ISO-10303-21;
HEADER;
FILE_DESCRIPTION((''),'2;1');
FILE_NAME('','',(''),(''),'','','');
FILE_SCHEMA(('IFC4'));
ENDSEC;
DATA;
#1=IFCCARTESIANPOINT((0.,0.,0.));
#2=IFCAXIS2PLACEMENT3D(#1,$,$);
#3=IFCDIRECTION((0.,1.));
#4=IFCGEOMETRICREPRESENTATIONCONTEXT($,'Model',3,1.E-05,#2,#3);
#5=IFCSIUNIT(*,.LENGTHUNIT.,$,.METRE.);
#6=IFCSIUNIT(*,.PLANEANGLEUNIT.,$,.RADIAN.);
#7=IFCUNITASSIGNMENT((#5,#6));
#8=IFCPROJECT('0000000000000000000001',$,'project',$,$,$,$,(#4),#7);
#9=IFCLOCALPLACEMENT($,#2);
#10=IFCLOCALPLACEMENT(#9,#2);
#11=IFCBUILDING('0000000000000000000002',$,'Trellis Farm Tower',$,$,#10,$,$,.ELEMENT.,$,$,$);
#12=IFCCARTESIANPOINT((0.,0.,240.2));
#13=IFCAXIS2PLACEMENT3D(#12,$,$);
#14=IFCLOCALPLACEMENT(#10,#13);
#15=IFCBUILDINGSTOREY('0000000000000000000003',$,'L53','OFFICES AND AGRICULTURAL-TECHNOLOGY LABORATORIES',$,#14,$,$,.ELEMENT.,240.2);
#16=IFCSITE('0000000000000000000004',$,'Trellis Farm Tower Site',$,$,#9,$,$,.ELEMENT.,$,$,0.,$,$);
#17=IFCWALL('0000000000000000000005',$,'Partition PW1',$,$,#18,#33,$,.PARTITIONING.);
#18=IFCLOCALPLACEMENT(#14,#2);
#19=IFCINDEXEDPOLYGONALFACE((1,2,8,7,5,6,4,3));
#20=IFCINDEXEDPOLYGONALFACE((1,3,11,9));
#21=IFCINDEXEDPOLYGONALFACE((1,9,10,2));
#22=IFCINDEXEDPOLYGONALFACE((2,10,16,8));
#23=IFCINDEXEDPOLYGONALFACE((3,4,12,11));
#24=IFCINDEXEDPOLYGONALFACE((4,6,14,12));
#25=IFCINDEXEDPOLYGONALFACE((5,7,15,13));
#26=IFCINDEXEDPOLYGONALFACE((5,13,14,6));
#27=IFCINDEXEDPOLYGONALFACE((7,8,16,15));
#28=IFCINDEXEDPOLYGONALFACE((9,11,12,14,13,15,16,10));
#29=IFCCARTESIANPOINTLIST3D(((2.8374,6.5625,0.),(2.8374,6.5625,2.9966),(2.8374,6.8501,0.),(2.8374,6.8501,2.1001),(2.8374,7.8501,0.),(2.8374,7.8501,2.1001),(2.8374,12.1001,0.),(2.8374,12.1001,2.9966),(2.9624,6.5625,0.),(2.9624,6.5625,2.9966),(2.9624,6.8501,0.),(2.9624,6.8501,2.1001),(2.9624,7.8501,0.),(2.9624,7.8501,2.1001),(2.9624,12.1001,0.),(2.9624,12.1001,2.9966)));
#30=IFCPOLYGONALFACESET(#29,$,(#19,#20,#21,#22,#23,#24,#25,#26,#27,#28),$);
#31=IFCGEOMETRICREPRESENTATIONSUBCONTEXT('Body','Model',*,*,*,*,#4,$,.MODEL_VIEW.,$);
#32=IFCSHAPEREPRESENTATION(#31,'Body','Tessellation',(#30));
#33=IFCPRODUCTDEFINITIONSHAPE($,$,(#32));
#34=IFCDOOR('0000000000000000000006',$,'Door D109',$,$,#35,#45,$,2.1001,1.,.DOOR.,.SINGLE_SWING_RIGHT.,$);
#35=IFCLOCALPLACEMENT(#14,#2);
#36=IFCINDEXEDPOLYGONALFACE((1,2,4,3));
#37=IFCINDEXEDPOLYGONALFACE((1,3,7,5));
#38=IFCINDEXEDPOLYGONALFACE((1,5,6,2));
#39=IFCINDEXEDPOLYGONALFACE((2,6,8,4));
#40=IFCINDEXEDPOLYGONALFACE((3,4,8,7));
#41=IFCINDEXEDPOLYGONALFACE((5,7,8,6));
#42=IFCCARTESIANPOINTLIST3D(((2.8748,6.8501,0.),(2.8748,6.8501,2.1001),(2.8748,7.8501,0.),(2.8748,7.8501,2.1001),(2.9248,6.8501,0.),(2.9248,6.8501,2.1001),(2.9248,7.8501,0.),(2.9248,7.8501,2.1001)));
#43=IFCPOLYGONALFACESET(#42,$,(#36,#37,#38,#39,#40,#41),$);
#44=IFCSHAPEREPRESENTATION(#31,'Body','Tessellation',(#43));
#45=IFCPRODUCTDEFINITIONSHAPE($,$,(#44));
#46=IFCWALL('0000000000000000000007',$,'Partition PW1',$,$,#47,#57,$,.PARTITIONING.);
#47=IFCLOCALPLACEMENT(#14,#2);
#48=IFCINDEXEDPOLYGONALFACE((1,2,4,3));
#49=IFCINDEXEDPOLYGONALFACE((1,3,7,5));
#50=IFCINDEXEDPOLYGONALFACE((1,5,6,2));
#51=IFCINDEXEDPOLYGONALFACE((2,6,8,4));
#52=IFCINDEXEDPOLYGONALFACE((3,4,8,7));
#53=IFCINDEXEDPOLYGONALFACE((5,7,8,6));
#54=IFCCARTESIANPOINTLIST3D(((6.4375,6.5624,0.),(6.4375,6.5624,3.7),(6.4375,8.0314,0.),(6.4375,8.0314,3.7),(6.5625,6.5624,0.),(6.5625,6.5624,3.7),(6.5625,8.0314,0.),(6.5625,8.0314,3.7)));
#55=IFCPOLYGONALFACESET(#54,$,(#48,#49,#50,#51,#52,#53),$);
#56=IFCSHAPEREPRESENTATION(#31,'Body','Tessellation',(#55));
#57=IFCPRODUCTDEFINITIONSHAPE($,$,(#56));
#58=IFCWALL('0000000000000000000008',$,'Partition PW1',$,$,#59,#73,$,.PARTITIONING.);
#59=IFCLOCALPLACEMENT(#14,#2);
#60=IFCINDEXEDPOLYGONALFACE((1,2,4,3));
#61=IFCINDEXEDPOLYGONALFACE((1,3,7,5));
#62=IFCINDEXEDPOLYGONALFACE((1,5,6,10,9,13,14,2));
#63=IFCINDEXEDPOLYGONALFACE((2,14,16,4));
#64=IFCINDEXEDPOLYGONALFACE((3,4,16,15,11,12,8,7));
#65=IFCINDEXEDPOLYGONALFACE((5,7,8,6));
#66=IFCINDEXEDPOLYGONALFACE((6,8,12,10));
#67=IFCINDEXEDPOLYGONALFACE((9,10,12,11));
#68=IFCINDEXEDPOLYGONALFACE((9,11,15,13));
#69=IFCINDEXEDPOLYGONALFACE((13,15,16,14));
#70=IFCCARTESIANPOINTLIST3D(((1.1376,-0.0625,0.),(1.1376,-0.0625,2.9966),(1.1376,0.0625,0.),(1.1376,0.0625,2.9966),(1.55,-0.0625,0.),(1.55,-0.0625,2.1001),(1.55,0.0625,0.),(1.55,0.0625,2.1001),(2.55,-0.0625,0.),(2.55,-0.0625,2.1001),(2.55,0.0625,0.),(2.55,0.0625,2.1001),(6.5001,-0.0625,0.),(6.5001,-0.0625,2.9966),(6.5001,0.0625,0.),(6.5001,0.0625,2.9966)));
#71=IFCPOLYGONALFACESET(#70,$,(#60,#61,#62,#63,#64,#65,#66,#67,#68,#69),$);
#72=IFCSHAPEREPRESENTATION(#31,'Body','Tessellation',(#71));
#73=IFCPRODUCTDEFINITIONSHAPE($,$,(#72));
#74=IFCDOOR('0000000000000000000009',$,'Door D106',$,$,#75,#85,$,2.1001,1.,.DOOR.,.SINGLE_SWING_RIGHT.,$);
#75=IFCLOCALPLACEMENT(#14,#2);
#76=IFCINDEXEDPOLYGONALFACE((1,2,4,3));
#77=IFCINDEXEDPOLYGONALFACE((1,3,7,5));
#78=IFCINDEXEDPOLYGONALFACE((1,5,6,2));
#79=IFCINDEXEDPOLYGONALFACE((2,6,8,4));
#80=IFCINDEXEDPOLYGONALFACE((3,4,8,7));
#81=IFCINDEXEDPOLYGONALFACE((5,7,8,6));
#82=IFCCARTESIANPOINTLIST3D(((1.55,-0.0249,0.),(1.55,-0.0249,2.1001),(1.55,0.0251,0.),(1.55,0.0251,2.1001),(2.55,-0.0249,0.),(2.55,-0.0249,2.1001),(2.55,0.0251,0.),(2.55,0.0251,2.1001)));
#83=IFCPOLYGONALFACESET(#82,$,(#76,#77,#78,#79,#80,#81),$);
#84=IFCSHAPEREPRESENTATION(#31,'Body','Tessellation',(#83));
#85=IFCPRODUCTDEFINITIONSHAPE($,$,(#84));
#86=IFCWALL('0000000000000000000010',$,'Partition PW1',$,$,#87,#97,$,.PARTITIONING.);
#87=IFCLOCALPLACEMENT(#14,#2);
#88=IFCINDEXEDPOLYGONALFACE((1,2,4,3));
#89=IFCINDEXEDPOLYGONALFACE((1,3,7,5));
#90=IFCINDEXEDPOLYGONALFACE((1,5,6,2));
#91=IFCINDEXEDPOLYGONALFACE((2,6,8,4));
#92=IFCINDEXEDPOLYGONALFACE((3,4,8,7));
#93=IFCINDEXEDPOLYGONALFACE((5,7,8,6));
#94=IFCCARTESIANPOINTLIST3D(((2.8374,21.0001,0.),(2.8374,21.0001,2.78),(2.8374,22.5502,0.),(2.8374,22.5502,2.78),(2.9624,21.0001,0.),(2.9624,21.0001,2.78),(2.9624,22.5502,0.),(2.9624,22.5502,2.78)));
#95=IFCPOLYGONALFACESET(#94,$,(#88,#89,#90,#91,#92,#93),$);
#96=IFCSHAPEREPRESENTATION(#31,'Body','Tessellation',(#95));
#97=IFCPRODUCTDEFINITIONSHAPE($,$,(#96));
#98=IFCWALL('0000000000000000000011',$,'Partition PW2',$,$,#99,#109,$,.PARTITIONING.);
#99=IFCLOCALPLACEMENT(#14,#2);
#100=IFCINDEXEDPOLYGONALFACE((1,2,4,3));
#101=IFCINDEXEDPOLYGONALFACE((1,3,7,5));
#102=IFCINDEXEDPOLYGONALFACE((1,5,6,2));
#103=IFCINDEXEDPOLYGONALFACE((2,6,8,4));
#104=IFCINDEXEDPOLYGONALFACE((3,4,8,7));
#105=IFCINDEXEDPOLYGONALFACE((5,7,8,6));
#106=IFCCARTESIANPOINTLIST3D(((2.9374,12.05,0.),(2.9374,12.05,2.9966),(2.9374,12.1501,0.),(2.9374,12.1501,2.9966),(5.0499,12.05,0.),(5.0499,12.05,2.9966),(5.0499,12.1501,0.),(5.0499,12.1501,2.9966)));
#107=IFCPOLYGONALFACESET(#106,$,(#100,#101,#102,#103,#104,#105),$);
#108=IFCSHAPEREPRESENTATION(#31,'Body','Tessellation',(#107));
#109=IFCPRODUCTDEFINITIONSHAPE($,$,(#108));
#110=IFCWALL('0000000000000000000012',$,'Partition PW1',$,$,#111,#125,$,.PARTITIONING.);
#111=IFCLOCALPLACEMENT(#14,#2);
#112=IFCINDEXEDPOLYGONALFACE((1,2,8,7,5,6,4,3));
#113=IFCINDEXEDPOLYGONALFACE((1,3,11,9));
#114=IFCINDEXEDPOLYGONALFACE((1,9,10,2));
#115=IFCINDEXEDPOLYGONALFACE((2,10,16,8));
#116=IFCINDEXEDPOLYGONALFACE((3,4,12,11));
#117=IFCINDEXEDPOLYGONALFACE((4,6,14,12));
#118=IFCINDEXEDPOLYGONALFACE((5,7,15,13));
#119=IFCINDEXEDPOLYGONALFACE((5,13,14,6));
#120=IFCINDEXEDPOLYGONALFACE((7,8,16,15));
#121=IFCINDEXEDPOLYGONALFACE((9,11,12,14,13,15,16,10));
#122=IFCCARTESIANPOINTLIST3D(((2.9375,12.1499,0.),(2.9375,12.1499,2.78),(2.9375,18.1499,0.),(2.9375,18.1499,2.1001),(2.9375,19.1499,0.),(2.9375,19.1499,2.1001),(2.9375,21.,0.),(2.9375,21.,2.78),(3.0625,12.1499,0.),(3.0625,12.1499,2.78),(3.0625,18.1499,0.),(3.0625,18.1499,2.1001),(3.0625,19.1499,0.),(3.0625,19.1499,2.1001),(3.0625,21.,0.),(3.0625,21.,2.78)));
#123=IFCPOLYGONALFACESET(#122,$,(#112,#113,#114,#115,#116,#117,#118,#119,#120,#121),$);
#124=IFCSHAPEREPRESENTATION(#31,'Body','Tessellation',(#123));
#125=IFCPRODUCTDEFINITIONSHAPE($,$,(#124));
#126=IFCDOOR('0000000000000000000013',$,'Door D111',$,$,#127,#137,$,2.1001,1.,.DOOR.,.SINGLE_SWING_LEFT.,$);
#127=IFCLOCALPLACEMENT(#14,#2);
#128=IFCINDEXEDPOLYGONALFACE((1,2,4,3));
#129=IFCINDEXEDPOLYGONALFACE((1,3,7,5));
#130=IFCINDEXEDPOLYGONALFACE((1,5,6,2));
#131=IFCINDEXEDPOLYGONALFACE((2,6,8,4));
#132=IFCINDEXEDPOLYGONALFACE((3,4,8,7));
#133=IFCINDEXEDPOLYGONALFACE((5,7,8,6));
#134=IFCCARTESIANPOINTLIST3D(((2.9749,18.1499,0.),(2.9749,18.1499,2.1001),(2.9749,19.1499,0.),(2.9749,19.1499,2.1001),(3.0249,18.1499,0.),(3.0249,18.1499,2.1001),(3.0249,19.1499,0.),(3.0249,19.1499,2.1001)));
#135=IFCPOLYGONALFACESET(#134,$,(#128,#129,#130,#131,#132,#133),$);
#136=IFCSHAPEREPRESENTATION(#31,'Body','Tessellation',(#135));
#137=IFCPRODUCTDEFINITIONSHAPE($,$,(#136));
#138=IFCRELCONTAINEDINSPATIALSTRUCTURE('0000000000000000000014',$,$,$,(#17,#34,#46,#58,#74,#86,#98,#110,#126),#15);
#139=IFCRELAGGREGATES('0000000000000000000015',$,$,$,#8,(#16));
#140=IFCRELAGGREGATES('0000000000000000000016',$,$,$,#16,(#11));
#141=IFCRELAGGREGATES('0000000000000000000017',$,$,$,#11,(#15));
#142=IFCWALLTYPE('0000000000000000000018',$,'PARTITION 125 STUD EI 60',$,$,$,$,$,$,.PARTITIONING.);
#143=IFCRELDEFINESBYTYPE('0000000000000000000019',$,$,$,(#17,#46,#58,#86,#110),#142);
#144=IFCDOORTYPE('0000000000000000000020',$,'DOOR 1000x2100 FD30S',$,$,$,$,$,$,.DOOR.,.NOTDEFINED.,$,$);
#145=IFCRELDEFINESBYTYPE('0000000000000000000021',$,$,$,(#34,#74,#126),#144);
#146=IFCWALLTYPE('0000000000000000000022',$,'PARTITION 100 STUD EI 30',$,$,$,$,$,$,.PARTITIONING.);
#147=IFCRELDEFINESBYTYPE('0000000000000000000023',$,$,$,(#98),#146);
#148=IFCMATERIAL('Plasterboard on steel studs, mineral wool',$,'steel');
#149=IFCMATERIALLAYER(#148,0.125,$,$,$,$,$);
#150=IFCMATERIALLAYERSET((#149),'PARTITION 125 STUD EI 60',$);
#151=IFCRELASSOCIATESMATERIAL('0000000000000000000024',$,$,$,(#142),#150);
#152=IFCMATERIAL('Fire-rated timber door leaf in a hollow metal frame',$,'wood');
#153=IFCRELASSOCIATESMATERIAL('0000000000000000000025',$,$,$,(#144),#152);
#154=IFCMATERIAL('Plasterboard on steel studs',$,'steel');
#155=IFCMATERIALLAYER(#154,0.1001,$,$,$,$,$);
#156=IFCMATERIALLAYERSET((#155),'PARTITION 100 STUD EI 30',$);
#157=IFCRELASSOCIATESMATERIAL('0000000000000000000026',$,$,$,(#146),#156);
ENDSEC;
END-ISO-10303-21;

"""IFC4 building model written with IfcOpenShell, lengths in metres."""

from ifc_helpers import new_model, si_unit, direction, frame, frame_2d, origin, place, context, subcontext, project, spatial, rectangle, extrude, source, transform, mapped, material, layer, layer_set, type_object, element, fill, save


model = new_model("IFC4")

# Units and contexts
model_context = context("Model", 3, precision=1e-05, world=origin(), true_north=direction((0.0, 1.0)))
body_context = subcontext(model_context, "Body", "Model", "MODEL_VIEW")
ifc_project = project(units=[si_unit("LENGTHUNIT", "METRE"), si_unit("PLANEANGLEUNIT", "RADIAN")], contexts=[model_context])

# Site, building, storey
site_placement = place(None, origin())
site = spatial("IfcSite", under=ifc_project, at=site_placement, Name="Trellis Farm Tower Site", CompositionType="ELEMENT", RefElevation=0.0)
building_placement = place(site_placement, origin())
building = spatial("IfcBuilding", under=site, at=building_placement, Name="Trellis Farm Tower", CompositionType="ELEMENT")
storey_placement = place(building_placement, frame((0.0, 0.0, 240.2)))
storey = spatial("IfcBuildingStorey", under=building, at=storey_placement, Name="L53", Description="OFFICES AND AGRICULTURAL-TECHNOLOGY LABORATORIES", CompositionType="ELEMENT", Elevation=240.2)

# Wall, opening, door
ifc_material_1 = material(Name="Plasterboard on steel studs, mineral wool", Category="steel")
ifc_layer_1 = layer(ifc_material_1, 0.125)
ifc_layer_set_1 = layer_set([ifc_layer_1], Name="PARTITION 125 STUD EI 60")
wall_type_1 = type_object("IfcWallType", Name="PARTITION 125 STUD EI 60", PredefinedType="PARTITIONING", material=ifc_layer_set_1)
shared_shape_1 = source(origin(), body_context, "Body", "SweptSolid", [
    extrude(rectangle(XDim=5.5376, YDim=0.125, at=frame_2d((2.7688, 0.0))), origin(), (0.0, 0.0, 1.0), 2.9966),
])
wall_1_placement = place(storey_placement, frame((2.8999, 12.1001, 0.0), z_axis=(0.0, 0.0, 1.0), x_axis=(0.0, -1.0, 0.0)))
wall_1 = element("IfcWall", 1, at=wall_1_placement, inside=storey, type_object=wall_type_1, Name="Partition PW1", PredefinedType="PARTITIONING", context=body_context, shape_type="MappedRepresentation", body=[
    mapped(shared_shape_1, transform((0.0, 0.0, 0.0))),
])
shared_shape_2 = source(origin(), body_context, "Body", "SweptSolid", [
    extrude(rectangle(XDim=1.0, YDim=2.1001, at=frame_2d((0.5, 1.05))), frame((0.0, 0.0725, 0.0), z_axis=(0.0, -1.0, 0.0), x_axis=(1.0, 0.0, 0.0)), (0.0, 0.0, 1.0), 0.145),
])
opening_1_placement = place(wall_1_placement, frame((4.25, 0.0, 0.0)))
opening_1 = element("IfcOpeningElement", 2, at=opening_1_placement, cuts=wall_1, PredefinedType="OPENING", context=body_context, shape_type="MappedRepresentation", body=[
    mapped(shared_shape_2, transform((0.0, 0.0, 0.0))),
])
ifc_material_2 = material(Name="Fire-rated timber door leaf in a hollow metal frame", Category="wood")
door_type_1 = type_object("IfcDoorType", Name="DOOR 1000x2100 FD30S", OperationType="NOTDEFINED", PredefinedType="DOOR", material=ifc_material_2)
shared_shape_3 = source(origin(), body_context, "Body", "SweptSolid", [
    extrude(rectangle(XDim=1.0, YDim=2.1001, at=frame_2d((0.5, 1.05))), frame((0.0, 0.0249, 0.0), z_axis=(0.0, -1.0, 0.0), x_axis=(1.0, 0.0, 0.0)), (0.0, 0.0, 1.0), 0.05),
])
door_1_placement = place(opening_1_placement, origin())
door_1 = element("IfcDoor", 3, at=door_1_placement, inside=storey, type_object=door_type_1, Name="Door D109", OperationType="SINGLE_SWING_RIGHT", OverallHeight=2.1001, OverallWidth=1.0, PredefinedType="DOOR", context=body_context, shape_type="MappedRepresentation", body=[
    mapped(shared_shape_3, transform((0.0, 0.0, 0.0))),
])
fill(opening_1, door_1)

# Wall
shared_shape_4 = source(origin(), body_context, "Body", "SweptSolid", [
    extrude(rectangle(XDim=1.469, YDim=0.125, at=frame_2d((0.7344, 0.0))), origin(), (0.0, 0.0, 1.0), 3.7),
])
wall_2_placement = place(storey_placement, frame((6.5, 6.5625, 0.0), z_axis=(0.0, 0.0, 1.0), x_axis=(0.0, 1.0, 0.0)))
element("IfcWall", 4, at=wall_2_placement, inside=storey, type_object=wall_type_1, Name="Partition PW1", PredefinedType="PARTITIONING", context=body_context, shape_type="MappedRepresentation", body=[
    mapped(shared_shape_4, transform((0.0, 0.0, 0.0))),
])

# Wall, opening, door
shared_shape_5 = source(origin(), body_context, "Body", "SweptSolid", [
    extrude(rectangle(XDim=5.3625, YDim=0.125, at=frame_2d((2.6812, 0.0))), origin(), (0.0, 0.0, 1.0), 2.9966),
])
wall_3_placement = place(storey_placement, frame((6.5, 0.0, 0.0), z_axis=(0.0, 0.0, 1.0), x_axis=(-1.0, 0.0, 0.0)))
wall_3 = element("IfcWall", 5, at=wall_3_placement, inside=storey, type_object=wall_type_1, Name="Partition PW1", PredefinedType="PARTITIONING", context=body_context, shape_type="MappedRepresentation", body=[
    mapped(shared_shape_5, transform((0.0, 0.0, 0.0))),
])
opening_2_placement = place(wall_3_placement, frame((3.95, 0.0, 0.0)))
opening_2 = element("IfcOpeningElement", 6, at=opening_2_placement, cuts=wall_3, PredefinedType="OPENING", context=body_context, shape_type="MappedRepresentation", body=[
    mapped(shared_shape_2, transform((0.0, 0.0, 0.0))),
])
door_2_placement = place(opening_2_placement, origin())
door_2 = element("IfcDoor", 7, at=door_2_placement, inside=storey, type_object=door_type_1, Name="Door D106", OperationType="SINGLE_SWING_RIGHT", OverallHeight=2.1001, OverallWidth=1.0, PredefinedType="DOOR", context=body_context, shape_type="MappedRepresentation", body=[
    mapped(shared_shape_3, transform((0.0, 0.0, 0.0))),
])
fill(opening_2, door_2)

# Walls
shared_shape_6 = source(origin(), body_context, "Body", "SweptSolid", [
    extrude(rectangle(XDim=1.55, YDim=0.125, at=frame_2d((0.7749, 0.0))), origin(), (0.0, 0.0, 1.0), 2.78),
])
wall_4_placement = place(storey_placement, frame((2.8999, 22.55, 0.0), z_axis=(0.0, 0.0, 1.0), x_axis=(0.0, -1.0, 0.0)))
element("IfcWall", 8, at=wall_4_placement, inside=storey, type_object=wall_type_1, Name="Partition PW1", PredefinedType="PARTITIONING", context=body_context, shape_type="MappedRepresentation", body=[
    mapped(shared_shape_6, transform((0.0, 0.0, 0.0))),
])
ifc_material_3 = material(Name="Plasterboard on steel studs", Category="steel")
ifc_layer_2 = layer(ifc_material_3, 0.1001)
ifc_layer_set_2 = layer_set([ifc_layer_2], Name="PARTITION 100 STUD EI 30")
wall_type_2 = type_object("IfcWallType", Name="PARTITION 100 STUD EI 30", PredefinedType="PARTITIONING", material=ifc_layer_set_2)
shared_shape_7 = source(origin(), body_context, "Body", "SweptSolid", [
    extrude(rectangle(XDim=2.1125, YDim=0.1001, at=frame_2d((1.0562, 0.0))), origin(), (0.0, 0.0, 1.0), 2.9966),
])
wall_5_placement = place(storey_placement, frame((2.9375, 12.1001, 0.0), z_axis=(0.0, 0.0, 1.0), x_axis=(1.0, 0.0, 0.0)))
element("IfcWall", 9, at=wall_5_placement, inside=storey, type_object=wall_type_2, Name="Partition PW2", PredefinedType="PARTITIONING", context=body_context, shape_type="MappedRepresentation", body=[
    mapped(shared_shape_7, transform((0.0, 0.0, 0.0))),
])

# Wall, opening, door
shared_shape_8 = source(origin(), body_context, "Body", "SweptSolid", [
    extrude(rectangle(XDim=8.8501, YDim=0.125, at=frame_2d((4.425, 0.0))), origin(), (0.0, 0.0, 1.0), 2.78),
])
wall_6_placement = place(storey_placement, frame((3.0, 21.0, 0.0), z_axis=(0.0, 0.0, 1.0), x_axis=(0.0, -1.0, 0.0)))
wall_6 = element("IfcWall", 10, at=wall_6_placement, inside=storey, type_object=wall_type_1, Name="Partition PW1", PredefinedType="PARTITIONING", context=body_context, shape_type="MappedRepresentation", body=[
    mapped(shared_shape_8, transform((0.0, 0.0, 0.0))),
])
opening_3_placement = place(wall_6_placement, frame((1.8501, 0.0, 0.0)))
opening_3 = element("IfcOpeningElement", 11, at=opening_3_placement, cuts=wall_6, PredefinedType="OPENING", context=body_context, shape_type="MappedRepresentation", body=[
    mapped(shared_shape_2, transform((0.0, 0.0, 0.0))),
])
door_3_placement = place(opening_3_placement, origin())
door_3 = element("IfcDoor", 12, at=door_3_placement, inside=storey, type_object=door_type_1, Name="Door D111", OperationType="SINGLE_SWING_LEFT", OverallHeight=2.1001, OverallWidth=1.0, PredefinedType="DOOR", context=body_context, shape_type="MappedRepresentation", body=[
    mapped(shared_shape_3, transform((0.0, 0.0, 0.0))),
])
fill(opening_3, door_3)

save(model, "model.ifc")
